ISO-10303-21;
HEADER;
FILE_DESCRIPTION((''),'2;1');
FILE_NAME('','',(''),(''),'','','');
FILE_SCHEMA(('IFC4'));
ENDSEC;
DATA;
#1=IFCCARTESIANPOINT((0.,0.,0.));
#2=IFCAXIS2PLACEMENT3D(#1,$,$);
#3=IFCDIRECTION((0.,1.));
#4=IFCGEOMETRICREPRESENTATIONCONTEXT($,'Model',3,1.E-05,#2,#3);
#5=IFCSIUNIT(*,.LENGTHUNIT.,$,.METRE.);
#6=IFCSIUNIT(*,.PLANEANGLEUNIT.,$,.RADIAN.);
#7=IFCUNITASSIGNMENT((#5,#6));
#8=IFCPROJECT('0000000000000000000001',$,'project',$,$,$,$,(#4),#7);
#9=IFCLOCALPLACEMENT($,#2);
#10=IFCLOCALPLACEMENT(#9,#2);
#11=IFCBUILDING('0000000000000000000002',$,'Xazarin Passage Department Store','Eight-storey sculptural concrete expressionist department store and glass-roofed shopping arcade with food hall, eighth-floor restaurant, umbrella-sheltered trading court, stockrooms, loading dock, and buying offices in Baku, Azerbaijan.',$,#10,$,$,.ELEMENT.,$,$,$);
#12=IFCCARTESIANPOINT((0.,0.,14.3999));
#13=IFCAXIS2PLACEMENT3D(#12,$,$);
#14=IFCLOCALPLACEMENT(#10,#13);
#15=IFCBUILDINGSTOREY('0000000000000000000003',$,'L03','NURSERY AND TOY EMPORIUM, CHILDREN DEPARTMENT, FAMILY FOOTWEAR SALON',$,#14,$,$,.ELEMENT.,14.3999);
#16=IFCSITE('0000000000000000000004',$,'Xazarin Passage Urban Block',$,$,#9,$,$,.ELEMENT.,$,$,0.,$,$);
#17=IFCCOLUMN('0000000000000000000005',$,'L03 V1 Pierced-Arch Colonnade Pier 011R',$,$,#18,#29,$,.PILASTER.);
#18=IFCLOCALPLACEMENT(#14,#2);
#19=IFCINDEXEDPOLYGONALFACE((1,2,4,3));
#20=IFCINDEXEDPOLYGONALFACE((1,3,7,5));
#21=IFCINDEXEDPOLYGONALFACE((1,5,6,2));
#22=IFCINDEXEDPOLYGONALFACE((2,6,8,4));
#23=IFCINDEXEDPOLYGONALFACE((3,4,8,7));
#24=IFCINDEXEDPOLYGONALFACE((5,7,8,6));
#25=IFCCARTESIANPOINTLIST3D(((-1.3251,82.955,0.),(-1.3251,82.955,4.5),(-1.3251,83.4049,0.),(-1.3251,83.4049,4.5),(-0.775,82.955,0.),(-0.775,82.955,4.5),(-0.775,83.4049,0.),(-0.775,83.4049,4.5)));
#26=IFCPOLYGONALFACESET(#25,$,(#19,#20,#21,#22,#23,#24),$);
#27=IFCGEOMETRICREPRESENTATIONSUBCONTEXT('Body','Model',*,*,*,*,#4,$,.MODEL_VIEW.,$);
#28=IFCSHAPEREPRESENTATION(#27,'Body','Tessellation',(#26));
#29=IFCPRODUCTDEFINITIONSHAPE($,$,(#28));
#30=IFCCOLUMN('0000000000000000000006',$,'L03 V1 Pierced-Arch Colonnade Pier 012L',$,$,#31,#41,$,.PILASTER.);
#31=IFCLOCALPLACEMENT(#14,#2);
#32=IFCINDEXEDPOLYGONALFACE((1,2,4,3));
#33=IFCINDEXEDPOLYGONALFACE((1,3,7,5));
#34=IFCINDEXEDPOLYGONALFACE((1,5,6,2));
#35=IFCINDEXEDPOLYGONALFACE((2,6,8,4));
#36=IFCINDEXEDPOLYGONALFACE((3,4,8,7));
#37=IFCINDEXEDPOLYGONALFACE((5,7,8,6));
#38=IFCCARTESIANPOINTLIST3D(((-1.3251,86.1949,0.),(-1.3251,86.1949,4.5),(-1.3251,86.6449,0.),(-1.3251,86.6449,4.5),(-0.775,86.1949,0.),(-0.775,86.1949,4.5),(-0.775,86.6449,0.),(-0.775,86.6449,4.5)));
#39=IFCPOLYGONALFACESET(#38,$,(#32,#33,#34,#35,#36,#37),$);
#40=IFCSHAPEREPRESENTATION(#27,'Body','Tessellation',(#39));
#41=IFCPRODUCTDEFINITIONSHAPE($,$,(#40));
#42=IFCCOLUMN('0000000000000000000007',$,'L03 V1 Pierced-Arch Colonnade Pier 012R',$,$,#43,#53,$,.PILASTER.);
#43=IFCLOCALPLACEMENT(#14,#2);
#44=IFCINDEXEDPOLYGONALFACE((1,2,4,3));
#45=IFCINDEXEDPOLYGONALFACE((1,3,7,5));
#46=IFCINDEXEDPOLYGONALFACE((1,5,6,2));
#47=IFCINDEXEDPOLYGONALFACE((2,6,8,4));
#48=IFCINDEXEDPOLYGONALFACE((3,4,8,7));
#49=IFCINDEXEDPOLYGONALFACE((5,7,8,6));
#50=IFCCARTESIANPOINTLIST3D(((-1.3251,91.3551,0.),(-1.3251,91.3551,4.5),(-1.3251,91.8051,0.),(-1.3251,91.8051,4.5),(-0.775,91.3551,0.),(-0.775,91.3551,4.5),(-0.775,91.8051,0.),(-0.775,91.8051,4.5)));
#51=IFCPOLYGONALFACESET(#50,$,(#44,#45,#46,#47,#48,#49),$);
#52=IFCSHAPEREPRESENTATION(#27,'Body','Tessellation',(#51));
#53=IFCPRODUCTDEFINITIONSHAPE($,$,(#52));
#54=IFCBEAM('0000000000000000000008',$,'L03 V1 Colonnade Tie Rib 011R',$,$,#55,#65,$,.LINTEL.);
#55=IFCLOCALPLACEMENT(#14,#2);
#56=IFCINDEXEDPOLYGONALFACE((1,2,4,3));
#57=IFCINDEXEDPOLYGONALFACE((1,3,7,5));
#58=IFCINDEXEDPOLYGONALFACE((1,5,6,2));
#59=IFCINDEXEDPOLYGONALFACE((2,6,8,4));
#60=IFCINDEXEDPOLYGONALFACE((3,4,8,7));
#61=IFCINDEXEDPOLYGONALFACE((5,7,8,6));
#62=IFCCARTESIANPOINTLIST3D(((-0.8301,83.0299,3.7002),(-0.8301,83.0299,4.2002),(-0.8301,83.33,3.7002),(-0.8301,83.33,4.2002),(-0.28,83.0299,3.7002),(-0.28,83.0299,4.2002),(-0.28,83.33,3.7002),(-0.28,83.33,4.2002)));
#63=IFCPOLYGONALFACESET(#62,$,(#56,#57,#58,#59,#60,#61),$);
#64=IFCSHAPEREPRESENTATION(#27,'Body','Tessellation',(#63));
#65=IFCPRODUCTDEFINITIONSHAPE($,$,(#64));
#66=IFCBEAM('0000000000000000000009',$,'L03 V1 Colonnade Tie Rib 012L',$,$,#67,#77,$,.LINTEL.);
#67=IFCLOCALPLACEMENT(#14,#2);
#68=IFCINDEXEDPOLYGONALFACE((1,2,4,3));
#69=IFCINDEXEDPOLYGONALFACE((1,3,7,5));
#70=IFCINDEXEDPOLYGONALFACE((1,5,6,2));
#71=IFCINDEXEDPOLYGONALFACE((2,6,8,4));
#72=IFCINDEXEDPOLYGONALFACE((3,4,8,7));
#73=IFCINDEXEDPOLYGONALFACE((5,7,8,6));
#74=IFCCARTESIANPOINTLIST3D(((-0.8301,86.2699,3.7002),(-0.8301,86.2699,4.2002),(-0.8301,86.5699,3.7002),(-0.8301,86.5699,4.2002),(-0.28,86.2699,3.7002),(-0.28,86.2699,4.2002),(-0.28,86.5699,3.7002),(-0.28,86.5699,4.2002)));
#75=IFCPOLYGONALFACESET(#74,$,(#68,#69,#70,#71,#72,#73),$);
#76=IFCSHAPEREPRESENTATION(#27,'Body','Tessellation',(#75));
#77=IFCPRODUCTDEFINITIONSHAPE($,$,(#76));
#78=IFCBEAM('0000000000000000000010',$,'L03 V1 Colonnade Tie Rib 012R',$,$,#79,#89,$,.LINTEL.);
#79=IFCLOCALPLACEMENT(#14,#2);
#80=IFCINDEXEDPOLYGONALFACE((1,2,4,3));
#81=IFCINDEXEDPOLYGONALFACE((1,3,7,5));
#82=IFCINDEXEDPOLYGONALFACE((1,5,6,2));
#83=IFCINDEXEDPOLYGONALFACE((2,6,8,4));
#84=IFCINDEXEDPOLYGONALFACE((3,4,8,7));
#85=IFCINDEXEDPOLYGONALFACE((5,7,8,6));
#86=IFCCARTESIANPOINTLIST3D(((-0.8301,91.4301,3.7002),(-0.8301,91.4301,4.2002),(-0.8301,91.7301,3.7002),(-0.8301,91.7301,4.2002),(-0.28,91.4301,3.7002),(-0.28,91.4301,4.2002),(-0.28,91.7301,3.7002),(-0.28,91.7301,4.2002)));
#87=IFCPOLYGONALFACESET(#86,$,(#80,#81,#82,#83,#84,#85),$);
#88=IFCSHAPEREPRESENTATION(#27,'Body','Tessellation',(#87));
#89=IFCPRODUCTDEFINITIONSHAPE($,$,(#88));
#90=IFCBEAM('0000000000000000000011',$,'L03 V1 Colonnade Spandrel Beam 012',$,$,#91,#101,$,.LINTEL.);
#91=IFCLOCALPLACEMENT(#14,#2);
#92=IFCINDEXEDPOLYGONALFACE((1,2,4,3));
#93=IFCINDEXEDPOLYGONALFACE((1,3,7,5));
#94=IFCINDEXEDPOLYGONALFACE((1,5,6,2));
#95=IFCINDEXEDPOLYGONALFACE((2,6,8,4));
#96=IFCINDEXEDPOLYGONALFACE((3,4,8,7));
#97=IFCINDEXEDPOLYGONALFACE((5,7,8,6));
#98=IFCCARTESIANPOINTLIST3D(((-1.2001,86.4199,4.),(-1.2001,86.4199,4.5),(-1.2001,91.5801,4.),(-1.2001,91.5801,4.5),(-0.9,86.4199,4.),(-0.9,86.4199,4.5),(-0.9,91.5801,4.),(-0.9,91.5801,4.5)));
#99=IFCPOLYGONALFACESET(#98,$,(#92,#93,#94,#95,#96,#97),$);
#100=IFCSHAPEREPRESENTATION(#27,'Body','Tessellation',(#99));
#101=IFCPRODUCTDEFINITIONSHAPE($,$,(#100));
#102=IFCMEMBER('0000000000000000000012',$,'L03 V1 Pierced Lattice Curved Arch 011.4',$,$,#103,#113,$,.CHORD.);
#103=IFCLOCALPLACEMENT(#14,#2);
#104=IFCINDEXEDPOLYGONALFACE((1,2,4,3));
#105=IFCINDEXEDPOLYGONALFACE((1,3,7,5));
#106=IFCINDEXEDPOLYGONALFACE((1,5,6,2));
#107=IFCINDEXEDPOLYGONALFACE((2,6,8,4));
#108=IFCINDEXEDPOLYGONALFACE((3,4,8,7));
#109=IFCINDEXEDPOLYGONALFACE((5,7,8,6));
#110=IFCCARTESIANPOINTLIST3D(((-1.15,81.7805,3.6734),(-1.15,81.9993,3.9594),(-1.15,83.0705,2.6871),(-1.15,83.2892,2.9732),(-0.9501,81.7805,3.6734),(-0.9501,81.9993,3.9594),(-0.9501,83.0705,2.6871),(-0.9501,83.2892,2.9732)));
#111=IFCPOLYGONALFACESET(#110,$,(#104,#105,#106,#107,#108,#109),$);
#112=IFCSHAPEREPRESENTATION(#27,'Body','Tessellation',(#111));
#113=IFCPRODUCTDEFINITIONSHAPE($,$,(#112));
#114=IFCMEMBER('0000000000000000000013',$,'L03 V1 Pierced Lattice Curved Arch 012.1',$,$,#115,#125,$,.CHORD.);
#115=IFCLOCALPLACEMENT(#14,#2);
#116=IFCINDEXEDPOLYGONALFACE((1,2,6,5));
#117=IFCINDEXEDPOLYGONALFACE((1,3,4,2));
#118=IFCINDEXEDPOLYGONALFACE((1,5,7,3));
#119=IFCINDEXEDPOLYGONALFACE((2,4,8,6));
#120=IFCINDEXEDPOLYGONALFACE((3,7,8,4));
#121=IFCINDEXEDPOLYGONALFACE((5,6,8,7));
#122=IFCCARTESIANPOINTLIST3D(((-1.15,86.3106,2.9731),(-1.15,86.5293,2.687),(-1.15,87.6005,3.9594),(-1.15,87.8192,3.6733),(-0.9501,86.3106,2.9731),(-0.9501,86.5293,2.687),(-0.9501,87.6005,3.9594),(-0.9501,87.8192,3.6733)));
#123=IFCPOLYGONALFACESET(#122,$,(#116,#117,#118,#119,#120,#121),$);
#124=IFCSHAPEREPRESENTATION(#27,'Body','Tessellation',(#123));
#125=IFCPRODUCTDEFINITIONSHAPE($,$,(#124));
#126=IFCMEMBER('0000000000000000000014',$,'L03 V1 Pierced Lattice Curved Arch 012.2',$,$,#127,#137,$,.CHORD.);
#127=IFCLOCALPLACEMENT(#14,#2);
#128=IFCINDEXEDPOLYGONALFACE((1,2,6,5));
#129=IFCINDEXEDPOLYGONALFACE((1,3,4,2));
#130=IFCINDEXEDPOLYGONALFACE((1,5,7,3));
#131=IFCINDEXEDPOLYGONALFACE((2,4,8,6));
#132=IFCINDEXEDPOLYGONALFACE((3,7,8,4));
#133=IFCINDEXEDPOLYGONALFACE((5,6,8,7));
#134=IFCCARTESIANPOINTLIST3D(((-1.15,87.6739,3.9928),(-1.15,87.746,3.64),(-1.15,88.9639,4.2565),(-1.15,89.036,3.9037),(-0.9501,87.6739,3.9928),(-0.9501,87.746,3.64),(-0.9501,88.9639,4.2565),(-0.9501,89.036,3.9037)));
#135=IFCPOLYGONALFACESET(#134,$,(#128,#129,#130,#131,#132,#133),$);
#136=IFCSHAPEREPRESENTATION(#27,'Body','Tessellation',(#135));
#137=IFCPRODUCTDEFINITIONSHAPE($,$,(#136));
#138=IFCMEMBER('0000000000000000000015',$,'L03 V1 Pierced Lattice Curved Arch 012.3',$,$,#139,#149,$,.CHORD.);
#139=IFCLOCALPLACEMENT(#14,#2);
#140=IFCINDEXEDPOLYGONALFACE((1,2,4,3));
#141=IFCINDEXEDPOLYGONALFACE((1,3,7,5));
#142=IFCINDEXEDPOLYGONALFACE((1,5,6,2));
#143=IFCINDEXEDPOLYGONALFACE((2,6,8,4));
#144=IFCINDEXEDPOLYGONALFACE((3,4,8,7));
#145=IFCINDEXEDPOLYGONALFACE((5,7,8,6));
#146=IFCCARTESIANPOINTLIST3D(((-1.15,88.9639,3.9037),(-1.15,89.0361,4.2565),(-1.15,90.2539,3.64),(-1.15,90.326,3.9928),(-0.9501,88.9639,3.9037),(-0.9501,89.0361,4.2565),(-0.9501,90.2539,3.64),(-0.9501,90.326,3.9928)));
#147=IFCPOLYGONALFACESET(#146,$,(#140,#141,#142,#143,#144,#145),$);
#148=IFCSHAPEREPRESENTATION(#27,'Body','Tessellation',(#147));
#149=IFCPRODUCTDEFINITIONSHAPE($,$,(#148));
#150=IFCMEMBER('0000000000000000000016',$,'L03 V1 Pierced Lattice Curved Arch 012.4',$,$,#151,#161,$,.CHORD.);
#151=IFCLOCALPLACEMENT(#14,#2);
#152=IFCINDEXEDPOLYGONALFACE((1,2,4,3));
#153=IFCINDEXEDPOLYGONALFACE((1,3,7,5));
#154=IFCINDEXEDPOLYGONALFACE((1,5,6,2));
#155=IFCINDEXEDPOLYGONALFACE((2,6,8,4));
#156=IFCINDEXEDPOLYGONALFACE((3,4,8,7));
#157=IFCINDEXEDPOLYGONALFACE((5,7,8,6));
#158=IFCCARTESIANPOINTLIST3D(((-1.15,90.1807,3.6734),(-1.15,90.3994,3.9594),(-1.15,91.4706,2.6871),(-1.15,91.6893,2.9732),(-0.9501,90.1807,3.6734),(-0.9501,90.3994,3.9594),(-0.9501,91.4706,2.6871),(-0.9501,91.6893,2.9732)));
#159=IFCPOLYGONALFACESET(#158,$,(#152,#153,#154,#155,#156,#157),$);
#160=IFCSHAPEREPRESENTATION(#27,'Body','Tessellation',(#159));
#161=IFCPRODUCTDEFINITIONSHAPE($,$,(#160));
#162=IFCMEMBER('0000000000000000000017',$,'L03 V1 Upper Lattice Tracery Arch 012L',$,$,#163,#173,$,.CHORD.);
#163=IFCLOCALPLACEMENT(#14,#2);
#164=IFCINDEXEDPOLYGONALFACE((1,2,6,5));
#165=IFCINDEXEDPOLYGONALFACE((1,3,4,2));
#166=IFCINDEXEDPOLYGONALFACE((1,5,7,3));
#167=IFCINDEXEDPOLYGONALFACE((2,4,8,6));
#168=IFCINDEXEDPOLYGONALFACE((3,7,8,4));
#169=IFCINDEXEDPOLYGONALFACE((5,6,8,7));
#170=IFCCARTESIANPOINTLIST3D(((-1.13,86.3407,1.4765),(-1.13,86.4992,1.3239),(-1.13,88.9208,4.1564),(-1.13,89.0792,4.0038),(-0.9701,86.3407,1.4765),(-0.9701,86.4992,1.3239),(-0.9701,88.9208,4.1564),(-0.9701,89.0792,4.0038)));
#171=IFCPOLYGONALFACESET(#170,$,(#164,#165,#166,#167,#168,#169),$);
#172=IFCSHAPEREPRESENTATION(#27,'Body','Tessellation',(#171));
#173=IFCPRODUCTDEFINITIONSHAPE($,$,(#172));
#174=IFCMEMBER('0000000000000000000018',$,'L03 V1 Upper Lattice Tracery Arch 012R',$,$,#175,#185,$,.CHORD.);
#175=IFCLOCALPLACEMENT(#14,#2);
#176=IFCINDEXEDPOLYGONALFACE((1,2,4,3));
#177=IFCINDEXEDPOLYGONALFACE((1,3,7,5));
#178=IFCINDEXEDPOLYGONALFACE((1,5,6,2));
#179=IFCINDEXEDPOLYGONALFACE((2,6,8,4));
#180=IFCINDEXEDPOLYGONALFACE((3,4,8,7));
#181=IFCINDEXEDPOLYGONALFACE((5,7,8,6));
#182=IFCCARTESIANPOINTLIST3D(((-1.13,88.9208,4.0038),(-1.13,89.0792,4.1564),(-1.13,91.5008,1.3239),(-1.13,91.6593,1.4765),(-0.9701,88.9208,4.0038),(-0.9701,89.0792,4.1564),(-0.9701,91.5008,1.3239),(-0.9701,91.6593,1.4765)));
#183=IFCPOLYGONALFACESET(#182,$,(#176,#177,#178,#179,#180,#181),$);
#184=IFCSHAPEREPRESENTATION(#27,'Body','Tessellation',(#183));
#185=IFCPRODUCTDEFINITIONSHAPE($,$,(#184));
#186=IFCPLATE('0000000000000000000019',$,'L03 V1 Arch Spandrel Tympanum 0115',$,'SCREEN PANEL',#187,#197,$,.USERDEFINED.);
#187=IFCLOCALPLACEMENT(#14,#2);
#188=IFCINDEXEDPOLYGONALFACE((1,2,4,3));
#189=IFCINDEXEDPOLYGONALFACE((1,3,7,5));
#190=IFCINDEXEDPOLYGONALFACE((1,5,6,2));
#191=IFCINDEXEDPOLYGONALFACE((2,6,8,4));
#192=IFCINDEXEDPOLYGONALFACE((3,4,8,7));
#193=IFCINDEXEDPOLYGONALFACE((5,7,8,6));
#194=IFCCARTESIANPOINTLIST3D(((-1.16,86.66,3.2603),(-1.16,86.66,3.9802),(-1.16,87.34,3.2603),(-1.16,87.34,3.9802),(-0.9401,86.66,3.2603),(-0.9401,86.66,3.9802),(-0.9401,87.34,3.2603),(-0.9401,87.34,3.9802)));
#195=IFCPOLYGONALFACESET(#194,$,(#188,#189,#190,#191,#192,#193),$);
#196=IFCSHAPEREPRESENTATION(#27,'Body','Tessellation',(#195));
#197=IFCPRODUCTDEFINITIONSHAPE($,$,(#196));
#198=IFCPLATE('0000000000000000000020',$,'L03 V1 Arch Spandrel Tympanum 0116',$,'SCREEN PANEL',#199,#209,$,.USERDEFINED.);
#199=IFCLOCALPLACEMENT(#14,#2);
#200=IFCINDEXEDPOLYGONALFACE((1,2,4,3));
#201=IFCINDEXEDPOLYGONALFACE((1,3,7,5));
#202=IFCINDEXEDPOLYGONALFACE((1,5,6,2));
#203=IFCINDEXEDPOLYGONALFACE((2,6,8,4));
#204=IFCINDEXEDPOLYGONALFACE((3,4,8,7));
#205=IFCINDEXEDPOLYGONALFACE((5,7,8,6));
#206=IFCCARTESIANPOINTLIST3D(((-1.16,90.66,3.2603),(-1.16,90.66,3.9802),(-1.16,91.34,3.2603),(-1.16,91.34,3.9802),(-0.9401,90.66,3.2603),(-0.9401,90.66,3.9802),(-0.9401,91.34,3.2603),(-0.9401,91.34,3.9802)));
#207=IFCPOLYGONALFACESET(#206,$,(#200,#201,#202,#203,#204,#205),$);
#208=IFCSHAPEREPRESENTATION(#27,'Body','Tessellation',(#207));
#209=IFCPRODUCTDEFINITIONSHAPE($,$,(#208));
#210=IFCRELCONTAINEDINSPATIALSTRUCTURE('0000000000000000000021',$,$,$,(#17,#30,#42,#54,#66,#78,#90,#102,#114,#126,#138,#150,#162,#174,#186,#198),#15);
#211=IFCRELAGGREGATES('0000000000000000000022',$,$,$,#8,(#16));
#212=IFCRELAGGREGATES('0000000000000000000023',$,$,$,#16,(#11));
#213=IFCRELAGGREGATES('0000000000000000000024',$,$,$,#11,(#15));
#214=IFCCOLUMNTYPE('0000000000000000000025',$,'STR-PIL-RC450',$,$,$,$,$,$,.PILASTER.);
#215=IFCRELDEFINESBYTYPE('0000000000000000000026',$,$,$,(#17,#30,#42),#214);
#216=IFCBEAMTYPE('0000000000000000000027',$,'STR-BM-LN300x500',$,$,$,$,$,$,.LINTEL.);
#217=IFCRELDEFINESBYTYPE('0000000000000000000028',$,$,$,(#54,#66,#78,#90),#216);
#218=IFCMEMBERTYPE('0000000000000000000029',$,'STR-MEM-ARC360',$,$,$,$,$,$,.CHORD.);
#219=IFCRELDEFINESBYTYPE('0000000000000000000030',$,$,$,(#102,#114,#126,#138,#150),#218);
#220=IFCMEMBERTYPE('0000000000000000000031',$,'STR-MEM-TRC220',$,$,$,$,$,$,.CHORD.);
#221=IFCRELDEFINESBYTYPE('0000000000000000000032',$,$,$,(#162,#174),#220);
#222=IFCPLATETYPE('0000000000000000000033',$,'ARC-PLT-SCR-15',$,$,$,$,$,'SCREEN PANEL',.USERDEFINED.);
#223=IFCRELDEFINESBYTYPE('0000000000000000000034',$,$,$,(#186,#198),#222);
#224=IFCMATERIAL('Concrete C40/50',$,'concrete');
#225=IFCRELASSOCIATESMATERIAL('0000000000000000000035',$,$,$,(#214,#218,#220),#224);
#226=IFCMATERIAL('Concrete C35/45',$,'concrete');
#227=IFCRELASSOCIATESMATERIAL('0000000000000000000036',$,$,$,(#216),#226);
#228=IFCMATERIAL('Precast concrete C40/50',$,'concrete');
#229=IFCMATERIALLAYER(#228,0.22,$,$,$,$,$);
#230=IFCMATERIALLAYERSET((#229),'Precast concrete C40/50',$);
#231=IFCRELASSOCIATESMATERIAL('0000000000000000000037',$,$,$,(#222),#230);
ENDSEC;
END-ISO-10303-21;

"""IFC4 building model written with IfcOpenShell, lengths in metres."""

from ifc_helpers import new_model, si_unit, direction, frame, origin, origin_2d, place, context, subcontext, project, spatial, rectangle, extrude, material, layer, layer_set, material_profile, profile_set, type_object, element, save


model = new_model("IFC4")

# Units and contexts
model_context = context("Model", 3, precision=1e-05, world=origin(), true_north=direction((0.0, 1.0)))
body_context = subcontext(model_context, "Body", "Model", "MODEL_VIEW")
ifc_project = project(units=[si_unit("LENGTHUNIT", "METRE"), si_unit("PLANEANGLEUNIT", "RADIAN")], contexts=[model_context])

# Site, building, storey
site_placement = place(None, origin())
site = spatial("IfcSite", under=ifc_project, at=site_placement, Name="Xazarin Passage Urban Block", CompositionType="ELEMENT", RefElevation=0.0)
building_placement = place(site_placement, origin())
building = spatial("IfcBuilding", under=site, at=building_placement, Name="Xazarin Passage Department Store", Description="Eight-storey sculptural concrete expressionist department store and glass-roofed shopping arcade with food hall, eighth-floor restaurant, umbrella-sheltered trading court, stockrooms, loading dock, and buying offices in Baku, Azerbaijan.", CompositionType="ELEMENT")
storey_placement = place(building_placement, frame((0.0, 0.0, 14.3999)))
storey = spatial("IfcBuildingStorey", under=building, at=storey_placement, Name="L03", Description="NURSERY AND TOY EMPORIUM, CHILDREN DEPARTMENT, FAMILY FOOTWEAR SALON", CompositionType="ELEMENT", Elevation=14.3999)

# Columns
ifc_material_1 = material(Name="Concrete C40/50", Category="concrete")
ifc_material_profile_1 = material_profile(ifc_material_1, rectangle(XDim=0.45, YDim=0.55, at=origin_2d()), Name="RC 450x550")
ifc_profile_set_1 = profile_set([ifc_material_profile_1], Name="Concrete C40/50")
column_type = type_object("IfcColumnType", Name="STR-PIL-RC450", PredefinedType="PILASTER", material=ifc_profile_set_1)
for number, where, z_axis, x_axis, name in (
    (1, (-1.05, 83.1799, 0.0), (0.0, 0.0, 1.0), (0.0, 1.0, 0.0), "L03 V1 Pierced-Arch Colonnade Pier 011R"),
    (2, (-1.05, 86.4199, 0.0), (0.0, 0.0, 1.0), (0.0, 1.0, 0.0), "L03 V1 Pierced-Arch Colonnade Pier 012L"),
    (3, (-1.05, 91.5801, 0.0), (0.0, 0.0, 1.0), (0.0, 1.0, 0.0), "L03 V1 Pierced-Arch Colonnade Pier 012R"),
):
    element("IfcColumn", number, at=place(storey_placement, frame(where, z_axis=z_axis, x_axis=x_axis)), inside=storey, type_object=column_type, Name=name, PredefinedType="PILASTER", context=body_context, shape_type="SweptSolid", body=[
        extrude(rectangle(XDim=0.45, YDim=0.55, at=origin_2d()), origin(), (0.0, 0.0, 1.0), 4.5),
    ])

# Beams
ifc_material_2 = material(Name="Concrete C35/45", Category="concrete")
ifc_material_profile_2 = material_profile(ifc_material_2, rectangle(XDim=0.3, YDim=0.5, at=origin_2d()), Name="RC 300x500")
ifc_profile_set_2 = profile_set([ifc_material_profile_2], Name="Concrete C35/45")
beam_type = type_object("IfcBeamType", Name="STR-BM-LN300x500", PredefinedType="LINTEL", material=ifc_profile_set_2)
for number, where, z_axis, x_axis, name in (
    (4, (-0.28, 83.1799, 3.9502), (-1.0, 0.0, 0.0), (0.0, -1.0, 0.0), "L03 V1 Colonnade Tie Rib 011R"),
    (5, (-0.28, 86.4199, 3.9502), (-1.0, 0.0, 0.0), (0.0, -1.0, 0.0), "L03 V1 Colonnade Tie Rib 012L"),
    (6, (-0.28, 91.5801, 3.9502), (-1.0, 0.0, 0.0), (0.0, -1.0, 0.0), "L03 V1 Colonnade Tie Rib 012R"),
):
    element("IfcBeam", number, at=place(storey_placement, frame(where, z_axis=z_axis, x_axis=x_axis)), inside=storey, type_object=beam_type, Name=name, PredefinedType="LINTEL", context=body_context, shape_type="SweptSolid", body=[
        extrude(rectangle(XDim=0.3, YDim=0.5, at=origin_2d()), origin(), (0.0, 0.0, 1.0), 0.55),
    ])
beam_placement = place(storey_placement, frame((-1.05, 86.4199, 4.25), z_axis=(0.0, 1.0, 0.0), x_axis=(-1.0, 0.0, 0.0)))
element("IfcBeam", 7, at=beam_placement, inside=storey, type_object=beam_type, Name="L03 V1 Colonnade Spandrel Beam 012", PredefinedType="LINTEL", context=body_context, shape_type="SweptSolid", body=[
    extrude(rectangle(XDim=0.3, YDim=0.5, at=origin_2d()), origin(), (0.0, 0.0, 1.0), 5.1602),
])

# Members
ifc_material_profile_3 = material_profile(ifc_material_1, rectangle(XDim=0.2, YDim=0.3601, at=origin_2d()), Name="RC 200x360")
ifc_profile_set_3 = profile_set([ifc_material_profile_3], Name="Concrete C40/50")
member_type_1 = type_object("IfcMemberType", Name="STR-MEM-ARC360", PredefinedType="CHORD", material=ifc_profile_set_3)
for number, where, z_axis, x_axis, name in (
    (8, (-1.05, 81.8899, 3.8164), (0.0, 0.794409, -0.607383), (-1.0, 0.0, 0.0), "L03 V1 Pierced Lattice Curved Arch 011.4"),
    (9, (-1.05, 86.4199, 2.8301), (0.0, 0.794409, 0.607383), (-1.0, 0.0, 0.0), "L03 V1 Pierced Lattice Curved Arch 012.1"),
):
    element("IfcMember", number, at=place(storey_placement, frame(where, z_axis=z_axis, x_axis=x_axis)), inside=storey, type_object=member_type_1, Name=name, PredefinedType="CHORD", context=body_context, shape_type="SweptSolid", body=[
        extrude(rectangle(XDim=0.2, YDim=0.3601, at=origin_2d()), origin(), (0.0, 0.0, 1.0), 1.6238),
    ])
for number, where, z_axis, x_axis, name in (
    (10, (-1.05, 87.71, 3.8164), (0.0, 0.979745, 0.200251), (-1.0, 0.0, 0.0), "L03 V1 Pierced Lattice Curved Arch 012.2"),
    (11, (-1.05, 89.0, 4.0801), (0.0, 0.979745, -0.200251), (-1.0, 0.0, 0.0), "L03 V1 Pierced Lattice Curved Arch 012.3"),
):
    element("IfcMember", number, at=place(storey_placement, frame(where, z_axis=z_axis, x_axis=x_axis)), inside=storey, type_object=member_type_1, Name=name, PredefinedType="CHORD", context=body_context, shape_type="SweptSolid", body=[
        extrude(rectangle(XDim=0.2, YDim=0.3601, at=origin_2d()), origin(), (0.0, 0.0, 1.0), 1.3167),
    ])
member_placement = place(storey_placement, frame((-1.05, 90.29, 3.8164), z_axis=(0.0, 0.794409, -0.607383), x_axis=(-1.0, 0.0, 0.0)))
element("IfcMember", 12, at=member_placement, inside=storey, type_object=member_type_1, Name="L03 V1 Pierced Lattice Curved Arch 012.4", PredefinedType="CHORD", context=body_context, shape_type="SweptSolid", body=[
    extrude(rectangle(XDim=0.2, YDim=0.3601, at=origin_2d()), origin(), (0.0, 0.0, 1.0), 1.6238),
])
ifc_material_profile_4 = material_profile(ifc_material_1, rectangle(XDim=0.1599, YDim=0.22, at=origin_2d()), Name="RC 160x220")
ifc_profile_set_4 = profile_set([ifc_material_profile_4], Name="Concrete C40/50")
member_type_2 = type_object("IfcMemberType", Name="STR-MEM-TRC220", PredefinedType="CHORD", material=ifc_profile_set_4)
for number, where, z_axis, x_axis, name in (
    (13, (-1.05, 89.0, 4.0801), (0.0, -0.693558, -0.7204), (1.0, 0.0, 0.0), "L03 V1 Upper Lattice Tracery Arch 012L"),
    (14, (-1.05, 89.0, 4.0801), (0.0, 0.693558, -0.7204), (-1.0, 0.0, 0.0), "L03 V1 Upper Lattice Tracery Arch 012R"),
):
    element("IfcMember", number, at=place(storey_placement, frame(where, z_axis=z_axis, x_axis=x_axis)), inside=storey, type_object=member_type_2, Name=name, PredefinedType="CHORD", context=body_context, shape_type="SweptSolid", body=[
        extrude(rectangle(XDim=0.1599, YDim=0.22, at=origin_2d()), origin(), (0.0, 0.0, 1.0), 3.72),
    ])

# Plates
ifc_material_3 = material(Name="Precast concrete C40/50", Category="concrete")
ifc_layer_1 = layer(ifc_material_3, 0.22)
ifc_layer_set_1 = layer_set([ifc_layer_1], Name="Precast concrete C40/50")
plate_type_1 = type_object("IfcPlateType", Name="ARC-PLT-SCR-15", ElementType="SCREEN PANEL", PredefinedType="USERDEFINED", material=ifc_layer_set_1)
for number, where, z_axis, x_axis, name in (
    (15, (-1.05, 87.0, 3.2603), (0.0, 0.0, 1.0), (0.0, 1.0, 0.0), "L03 V1 Arch Spandrel Tympanum 0115"),
    (16, (-1.05, 91.0, 3.2603), (0.0, 0.0, 1.0), (0.0, 1.0, 0.0), "L03 V1 Arch Spandrel Tympanum 0116"),
):
    element("IfcPlate", number, at=place(storey_placement, frame(where, z_axis=z_axis, x_axis=x_axis)), inside=storey, type_object=plate_type_1, Name=name, ObjectType="SCREEN PANEL", PredefinedType="USERDEFINED", context=body_context, shape_type="SweptSolid", body=[
        extrude(rectangle(XDim=0.6799, YDim=0.22, at=origin_2d()), origin(), (0.0, 0.0, 1.0), 0.72),
    ])

save(model, "model.ifc")
